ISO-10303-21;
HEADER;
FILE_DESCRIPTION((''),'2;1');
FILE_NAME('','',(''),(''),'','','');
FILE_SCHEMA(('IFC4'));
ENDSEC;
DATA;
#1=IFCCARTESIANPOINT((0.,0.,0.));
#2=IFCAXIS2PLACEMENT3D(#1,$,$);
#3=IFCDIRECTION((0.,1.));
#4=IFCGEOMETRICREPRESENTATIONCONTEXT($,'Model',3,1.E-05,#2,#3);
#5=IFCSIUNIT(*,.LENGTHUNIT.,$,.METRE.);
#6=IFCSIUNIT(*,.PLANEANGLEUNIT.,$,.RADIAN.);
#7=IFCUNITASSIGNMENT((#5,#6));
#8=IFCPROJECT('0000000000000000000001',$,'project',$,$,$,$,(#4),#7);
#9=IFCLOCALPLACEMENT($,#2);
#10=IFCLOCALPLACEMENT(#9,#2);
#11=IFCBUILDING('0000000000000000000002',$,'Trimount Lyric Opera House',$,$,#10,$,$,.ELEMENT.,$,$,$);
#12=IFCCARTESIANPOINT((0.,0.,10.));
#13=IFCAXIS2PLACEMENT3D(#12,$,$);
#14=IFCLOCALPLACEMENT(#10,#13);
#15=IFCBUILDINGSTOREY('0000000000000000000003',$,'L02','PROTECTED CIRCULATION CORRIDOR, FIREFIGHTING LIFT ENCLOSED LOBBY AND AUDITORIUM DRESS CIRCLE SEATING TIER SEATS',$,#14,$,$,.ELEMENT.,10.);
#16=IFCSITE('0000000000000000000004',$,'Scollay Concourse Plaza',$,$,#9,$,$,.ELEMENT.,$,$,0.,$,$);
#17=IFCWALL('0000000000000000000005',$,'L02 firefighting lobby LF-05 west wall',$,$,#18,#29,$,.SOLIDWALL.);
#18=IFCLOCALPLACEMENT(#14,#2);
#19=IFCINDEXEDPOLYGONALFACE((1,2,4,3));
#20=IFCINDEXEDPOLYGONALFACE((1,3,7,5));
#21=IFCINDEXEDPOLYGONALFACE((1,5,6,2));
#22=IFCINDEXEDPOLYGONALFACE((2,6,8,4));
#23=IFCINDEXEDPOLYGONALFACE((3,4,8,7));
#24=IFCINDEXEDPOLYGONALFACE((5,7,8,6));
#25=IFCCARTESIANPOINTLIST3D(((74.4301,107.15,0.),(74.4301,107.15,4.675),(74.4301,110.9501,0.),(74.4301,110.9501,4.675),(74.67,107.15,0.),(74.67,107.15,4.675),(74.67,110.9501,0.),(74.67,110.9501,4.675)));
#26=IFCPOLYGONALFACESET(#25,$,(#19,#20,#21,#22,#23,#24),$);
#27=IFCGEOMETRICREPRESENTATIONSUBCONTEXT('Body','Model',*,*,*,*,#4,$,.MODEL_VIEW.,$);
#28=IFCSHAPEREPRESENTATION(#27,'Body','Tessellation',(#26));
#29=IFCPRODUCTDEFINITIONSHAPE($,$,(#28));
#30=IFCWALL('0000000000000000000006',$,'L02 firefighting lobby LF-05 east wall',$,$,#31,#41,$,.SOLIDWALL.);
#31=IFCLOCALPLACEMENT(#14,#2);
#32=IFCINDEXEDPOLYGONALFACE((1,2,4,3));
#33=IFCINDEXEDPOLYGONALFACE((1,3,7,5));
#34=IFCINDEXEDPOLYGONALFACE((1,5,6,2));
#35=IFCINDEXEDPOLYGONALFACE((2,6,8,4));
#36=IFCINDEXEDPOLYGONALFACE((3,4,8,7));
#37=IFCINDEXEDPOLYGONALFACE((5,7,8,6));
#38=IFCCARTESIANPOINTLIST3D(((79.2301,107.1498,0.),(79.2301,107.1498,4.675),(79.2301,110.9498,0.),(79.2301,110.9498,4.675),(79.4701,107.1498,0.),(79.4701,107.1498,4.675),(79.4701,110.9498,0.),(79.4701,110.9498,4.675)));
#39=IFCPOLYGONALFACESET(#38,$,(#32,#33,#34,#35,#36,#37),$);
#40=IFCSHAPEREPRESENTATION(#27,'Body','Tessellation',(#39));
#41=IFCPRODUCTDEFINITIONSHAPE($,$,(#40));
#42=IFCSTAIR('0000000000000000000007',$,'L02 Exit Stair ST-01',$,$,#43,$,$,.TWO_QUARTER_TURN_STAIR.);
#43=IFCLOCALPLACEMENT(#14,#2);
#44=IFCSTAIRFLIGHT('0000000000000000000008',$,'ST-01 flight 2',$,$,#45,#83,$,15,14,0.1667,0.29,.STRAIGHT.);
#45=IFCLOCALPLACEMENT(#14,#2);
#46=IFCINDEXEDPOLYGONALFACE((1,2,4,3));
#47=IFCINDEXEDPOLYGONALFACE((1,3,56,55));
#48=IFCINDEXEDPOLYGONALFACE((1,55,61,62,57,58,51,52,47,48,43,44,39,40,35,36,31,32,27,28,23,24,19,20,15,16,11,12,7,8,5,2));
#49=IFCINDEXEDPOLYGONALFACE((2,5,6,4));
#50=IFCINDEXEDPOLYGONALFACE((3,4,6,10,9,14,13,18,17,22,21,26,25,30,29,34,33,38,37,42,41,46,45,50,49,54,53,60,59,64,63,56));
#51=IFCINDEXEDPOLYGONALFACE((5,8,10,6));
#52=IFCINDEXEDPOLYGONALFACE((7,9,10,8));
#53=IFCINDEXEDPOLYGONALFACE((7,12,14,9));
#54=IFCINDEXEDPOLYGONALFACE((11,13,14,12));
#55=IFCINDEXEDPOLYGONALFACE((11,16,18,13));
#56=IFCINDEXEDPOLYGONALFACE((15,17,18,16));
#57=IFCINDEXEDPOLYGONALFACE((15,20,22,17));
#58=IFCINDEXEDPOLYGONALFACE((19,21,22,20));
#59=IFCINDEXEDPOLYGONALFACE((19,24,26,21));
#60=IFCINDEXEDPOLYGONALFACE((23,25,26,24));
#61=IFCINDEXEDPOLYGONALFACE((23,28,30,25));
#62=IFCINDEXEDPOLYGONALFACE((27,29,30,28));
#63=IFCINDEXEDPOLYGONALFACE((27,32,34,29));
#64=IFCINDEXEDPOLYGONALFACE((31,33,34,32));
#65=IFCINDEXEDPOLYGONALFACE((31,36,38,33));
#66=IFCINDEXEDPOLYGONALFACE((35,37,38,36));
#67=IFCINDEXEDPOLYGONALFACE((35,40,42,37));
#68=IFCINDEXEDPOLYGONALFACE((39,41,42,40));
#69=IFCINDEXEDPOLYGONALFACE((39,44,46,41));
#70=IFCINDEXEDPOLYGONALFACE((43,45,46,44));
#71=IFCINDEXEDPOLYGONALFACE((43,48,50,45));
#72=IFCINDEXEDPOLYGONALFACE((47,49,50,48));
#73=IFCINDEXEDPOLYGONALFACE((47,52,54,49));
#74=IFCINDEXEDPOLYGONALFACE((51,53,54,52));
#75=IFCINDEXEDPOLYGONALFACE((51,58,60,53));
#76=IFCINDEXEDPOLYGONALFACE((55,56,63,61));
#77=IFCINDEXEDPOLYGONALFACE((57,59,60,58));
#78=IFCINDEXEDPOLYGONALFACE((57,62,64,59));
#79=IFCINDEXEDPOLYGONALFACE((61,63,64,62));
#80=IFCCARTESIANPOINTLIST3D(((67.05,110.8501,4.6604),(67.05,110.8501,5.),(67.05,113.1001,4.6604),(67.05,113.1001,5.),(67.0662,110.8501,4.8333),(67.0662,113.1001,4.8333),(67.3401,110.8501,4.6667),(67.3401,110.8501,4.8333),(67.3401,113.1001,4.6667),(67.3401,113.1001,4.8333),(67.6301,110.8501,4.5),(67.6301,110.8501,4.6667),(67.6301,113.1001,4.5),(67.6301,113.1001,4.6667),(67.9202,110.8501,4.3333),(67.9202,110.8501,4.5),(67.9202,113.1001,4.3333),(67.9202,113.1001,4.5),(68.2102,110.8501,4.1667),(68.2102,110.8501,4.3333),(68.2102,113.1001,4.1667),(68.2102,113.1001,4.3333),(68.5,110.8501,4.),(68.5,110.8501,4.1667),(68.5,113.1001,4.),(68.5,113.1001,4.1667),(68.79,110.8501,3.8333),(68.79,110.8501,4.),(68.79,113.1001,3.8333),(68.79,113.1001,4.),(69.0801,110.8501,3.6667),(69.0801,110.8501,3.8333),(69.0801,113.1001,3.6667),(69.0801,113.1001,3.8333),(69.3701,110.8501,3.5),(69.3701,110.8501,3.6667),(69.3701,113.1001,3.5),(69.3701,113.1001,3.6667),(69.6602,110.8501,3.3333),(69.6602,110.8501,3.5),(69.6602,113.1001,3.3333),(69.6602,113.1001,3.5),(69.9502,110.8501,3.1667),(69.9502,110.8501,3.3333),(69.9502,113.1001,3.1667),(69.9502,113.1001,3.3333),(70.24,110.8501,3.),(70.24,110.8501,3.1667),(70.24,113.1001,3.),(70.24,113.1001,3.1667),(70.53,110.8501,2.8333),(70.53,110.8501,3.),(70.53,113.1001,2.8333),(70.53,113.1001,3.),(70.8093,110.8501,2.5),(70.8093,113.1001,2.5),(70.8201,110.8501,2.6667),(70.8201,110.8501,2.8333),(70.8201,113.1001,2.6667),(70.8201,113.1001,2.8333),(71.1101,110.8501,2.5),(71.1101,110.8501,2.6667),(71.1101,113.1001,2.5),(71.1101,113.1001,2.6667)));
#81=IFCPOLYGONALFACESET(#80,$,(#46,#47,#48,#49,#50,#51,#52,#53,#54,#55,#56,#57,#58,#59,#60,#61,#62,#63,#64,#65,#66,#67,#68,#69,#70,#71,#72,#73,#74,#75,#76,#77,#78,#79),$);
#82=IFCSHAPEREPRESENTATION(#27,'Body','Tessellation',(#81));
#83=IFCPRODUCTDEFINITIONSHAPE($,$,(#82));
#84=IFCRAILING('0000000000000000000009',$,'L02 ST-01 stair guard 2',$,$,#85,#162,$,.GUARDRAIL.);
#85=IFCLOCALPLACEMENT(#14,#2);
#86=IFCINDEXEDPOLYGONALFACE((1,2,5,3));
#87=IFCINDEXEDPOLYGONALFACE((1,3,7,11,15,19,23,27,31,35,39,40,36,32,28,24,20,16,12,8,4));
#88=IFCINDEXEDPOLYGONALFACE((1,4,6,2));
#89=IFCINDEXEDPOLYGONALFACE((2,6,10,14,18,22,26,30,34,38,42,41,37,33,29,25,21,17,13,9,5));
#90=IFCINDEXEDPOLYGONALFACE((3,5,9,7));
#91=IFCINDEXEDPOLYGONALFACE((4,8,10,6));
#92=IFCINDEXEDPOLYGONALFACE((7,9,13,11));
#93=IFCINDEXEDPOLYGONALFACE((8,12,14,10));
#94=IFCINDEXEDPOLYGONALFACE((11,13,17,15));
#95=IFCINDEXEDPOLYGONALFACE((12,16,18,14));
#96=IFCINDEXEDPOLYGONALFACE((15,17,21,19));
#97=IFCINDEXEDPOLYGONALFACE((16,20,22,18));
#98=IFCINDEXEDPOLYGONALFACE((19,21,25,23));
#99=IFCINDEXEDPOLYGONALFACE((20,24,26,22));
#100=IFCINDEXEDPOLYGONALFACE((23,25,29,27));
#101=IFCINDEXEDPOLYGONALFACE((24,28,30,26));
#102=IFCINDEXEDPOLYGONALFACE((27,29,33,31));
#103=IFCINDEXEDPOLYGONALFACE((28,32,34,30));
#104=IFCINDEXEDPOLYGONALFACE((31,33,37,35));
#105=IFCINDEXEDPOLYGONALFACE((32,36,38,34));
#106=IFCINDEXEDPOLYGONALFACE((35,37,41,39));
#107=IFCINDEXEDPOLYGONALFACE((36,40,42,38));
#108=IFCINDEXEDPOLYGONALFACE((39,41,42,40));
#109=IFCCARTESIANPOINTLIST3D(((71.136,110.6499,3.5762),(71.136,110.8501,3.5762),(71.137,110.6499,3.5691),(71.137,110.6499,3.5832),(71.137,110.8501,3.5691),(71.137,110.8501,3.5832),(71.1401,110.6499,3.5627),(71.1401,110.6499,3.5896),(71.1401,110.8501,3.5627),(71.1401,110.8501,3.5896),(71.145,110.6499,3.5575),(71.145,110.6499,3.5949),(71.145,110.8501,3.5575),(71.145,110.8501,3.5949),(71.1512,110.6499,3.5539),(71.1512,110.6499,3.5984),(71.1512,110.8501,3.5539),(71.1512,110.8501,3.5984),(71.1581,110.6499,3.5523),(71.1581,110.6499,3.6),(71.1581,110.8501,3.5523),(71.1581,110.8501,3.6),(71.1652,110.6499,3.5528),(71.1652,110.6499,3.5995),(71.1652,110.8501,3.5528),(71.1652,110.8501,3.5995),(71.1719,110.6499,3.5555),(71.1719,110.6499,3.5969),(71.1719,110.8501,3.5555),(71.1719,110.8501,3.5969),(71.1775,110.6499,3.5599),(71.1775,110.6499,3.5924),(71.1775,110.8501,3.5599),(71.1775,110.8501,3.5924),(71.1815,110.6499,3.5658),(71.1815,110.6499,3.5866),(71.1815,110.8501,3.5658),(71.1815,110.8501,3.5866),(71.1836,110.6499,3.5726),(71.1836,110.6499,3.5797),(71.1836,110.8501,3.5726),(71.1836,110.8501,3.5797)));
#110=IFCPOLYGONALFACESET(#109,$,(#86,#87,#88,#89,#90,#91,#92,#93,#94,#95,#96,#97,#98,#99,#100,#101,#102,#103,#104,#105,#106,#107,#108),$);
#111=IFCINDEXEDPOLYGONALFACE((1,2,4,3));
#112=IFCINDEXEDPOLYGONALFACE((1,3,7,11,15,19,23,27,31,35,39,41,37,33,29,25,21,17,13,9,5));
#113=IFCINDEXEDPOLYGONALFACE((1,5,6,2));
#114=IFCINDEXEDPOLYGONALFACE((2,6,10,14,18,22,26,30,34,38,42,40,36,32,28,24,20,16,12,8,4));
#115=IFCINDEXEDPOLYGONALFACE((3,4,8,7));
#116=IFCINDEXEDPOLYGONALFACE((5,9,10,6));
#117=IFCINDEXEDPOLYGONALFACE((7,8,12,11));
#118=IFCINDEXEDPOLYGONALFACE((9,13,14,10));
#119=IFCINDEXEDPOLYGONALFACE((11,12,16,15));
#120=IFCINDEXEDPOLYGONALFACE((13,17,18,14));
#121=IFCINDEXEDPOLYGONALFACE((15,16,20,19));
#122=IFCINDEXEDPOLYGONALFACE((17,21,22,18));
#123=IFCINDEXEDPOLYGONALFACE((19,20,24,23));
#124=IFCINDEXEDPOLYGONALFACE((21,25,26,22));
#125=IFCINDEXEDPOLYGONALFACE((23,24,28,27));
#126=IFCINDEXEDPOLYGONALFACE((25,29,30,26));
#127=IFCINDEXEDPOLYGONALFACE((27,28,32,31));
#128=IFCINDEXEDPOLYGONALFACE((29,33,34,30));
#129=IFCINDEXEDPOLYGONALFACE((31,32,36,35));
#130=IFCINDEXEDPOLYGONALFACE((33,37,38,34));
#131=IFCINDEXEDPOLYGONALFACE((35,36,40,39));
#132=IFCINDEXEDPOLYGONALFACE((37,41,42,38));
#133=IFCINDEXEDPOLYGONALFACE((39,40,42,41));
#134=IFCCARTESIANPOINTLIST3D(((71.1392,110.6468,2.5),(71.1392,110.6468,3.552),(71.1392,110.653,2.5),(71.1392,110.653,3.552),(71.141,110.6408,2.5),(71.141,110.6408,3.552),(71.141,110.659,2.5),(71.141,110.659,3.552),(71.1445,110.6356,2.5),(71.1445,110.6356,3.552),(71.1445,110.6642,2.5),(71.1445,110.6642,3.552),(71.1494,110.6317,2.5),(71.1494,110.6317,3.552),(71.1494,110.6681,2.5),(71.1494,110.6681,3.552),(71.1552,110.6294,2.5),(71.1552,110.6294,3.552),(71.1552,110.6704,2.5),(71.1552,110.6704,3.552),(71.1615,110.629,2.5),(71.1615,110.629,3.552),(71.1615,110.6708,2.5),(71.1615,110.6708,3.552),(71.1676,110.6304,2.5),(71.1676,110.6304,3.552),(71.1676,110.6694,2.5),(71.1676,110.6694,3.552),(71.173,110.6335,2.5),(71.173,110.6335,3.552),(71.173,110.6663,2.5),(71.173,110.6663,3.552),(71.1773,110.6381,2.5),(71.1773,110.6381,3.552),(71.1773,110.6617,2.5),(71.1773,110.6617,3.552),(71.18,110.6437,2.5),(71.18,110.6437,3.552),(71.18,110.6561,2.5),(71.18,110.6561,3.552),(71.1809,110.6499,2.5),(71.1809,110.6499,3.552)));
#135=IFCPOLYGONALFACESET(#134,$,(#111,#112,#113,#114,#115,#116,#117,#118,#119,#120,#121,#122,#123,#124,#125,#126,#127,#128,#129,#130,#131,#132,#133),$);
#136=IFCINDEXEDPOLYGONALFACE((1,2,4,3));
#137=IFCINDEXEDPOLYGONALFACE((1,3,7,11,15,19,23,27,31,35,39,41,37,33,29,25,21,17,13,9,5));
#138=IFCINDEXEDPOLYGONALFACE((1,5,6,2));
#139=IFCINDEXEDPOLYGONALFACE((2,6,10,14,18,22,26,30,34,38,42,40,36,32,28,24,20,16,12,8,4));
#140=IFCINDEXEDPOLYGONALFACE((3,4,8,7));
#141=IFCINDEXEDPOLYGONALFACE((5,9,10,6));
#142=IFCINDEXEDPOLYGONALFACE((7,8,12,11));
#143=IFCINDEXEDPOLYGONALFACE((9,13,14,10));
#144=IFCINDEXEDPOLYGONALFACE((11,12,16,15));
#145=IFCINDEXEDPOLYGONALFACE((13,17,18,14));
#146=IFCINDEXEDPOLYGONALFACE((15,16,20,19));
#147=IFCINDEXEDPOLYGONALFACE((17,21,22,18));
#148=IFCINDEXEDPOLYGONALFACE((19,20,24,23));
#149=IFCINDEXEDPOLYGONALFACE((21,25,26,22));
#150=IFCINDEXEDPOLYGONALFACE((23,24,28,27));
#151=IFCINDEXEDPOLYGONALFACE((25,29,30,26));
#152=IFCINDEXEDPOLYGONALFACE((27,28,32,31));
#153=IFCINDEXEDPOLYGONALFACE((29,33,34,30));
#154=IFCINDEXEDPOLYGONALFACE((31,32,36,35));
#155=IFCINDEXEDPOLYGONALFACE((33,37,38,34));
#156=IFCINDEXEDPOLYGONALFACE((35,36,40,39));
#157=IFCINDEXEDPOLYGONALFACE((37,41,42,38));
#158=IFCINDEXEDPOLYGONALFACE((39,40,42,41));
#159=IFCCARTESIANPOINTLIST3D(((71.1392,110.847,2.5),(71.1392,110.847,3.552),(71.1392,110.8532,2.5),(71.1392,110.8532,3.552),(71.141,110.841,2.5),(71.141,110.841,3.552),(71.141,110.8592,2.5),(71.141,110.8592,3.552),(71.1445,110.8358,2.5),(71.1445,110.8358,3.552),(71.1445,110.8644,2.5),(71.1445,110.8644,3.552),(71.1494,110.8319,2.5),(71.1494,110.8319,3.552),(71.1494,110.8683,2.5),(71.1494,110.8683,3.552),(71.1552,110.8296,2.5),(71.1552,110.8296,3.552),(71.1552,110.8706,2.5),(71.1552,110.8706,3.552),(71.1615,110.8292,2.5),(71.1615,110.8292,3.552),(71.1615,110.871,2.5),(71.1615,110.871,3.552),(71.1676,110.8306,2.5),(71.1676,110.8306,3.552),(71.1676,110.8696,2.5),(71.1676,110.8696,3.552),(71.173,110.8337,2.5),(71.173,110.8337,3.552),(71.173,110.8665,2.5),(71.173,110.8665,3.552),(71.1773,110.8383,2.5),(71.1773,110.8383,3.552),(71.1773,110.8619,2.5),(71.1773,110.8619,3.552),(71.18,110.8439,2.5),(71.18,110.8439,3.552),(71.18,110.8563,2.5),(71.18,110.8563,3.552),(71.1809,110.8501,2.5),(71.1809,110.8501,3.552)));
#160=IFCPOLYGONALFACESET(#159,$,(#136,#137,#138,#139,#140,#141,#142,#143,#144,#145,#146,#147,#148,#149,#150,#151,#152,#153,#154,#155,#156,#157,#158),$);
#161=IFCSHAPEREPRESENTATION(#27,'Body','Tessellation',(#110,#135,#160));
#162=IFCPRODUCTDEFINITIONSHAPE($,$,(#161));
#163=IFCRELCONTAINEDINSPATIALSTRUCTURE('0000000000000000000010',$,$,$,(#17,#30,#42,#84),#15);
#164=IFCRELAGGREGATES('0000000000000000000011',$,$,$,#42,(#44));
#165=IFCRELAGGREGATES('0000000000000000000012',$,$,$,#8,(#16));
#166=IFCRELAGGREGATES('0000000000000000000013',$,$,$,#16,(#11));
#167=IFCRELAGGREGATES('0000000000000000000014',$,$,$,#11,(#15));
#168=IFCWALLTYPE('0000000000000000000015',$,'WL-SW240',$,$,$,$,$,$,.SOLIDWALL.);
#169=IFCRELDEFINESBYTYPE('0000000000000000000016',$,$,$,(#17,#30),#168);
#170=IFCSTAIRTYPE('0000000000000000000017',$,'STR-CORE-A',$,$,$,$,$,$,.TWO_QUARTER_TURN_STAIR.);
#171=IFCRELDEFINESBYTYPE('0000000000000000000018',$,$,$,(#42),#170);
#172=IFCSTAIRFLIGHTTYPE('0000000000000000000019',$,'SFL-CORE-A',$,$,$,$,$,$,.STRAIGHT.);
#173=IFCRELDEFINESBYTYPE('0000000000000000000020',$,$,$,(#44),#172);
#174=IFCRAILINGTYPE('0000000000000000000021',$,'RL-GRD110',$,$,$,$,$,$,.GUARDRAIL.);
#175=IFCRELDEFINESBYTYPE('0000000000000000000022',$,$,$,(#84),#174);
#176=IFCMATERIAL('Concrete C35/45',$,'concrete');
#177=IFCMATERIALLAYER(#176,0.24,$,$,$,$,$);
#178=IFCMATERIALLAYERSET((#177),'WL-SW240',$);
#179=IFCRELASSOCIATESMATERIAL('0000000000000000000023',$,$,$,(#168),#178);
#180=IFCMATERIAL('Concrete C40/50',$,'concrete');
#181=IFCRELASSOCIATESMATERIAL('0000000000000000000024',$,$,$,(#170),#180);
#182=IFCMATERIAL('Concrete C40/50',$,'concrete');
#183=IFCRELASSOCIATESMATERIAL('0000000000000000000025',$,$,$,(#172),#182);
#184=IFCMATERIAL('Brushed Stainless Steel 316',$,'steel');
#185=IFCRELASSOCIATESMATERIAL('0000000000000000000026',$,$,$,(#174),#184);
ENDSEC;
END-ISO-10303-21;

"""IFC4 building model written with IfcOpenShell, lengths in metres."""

from ifc_helpers import new_model, si_unit, direction, frame, frame_2d, origin, origin_2d, place, context, subcontext, project, spatial, polyline, rectangle, circle, outline, extrude, material, layer, layer_set, type_object, element, aggregate, save


model = new_model("IFC4")

# Units and contexts
model_context = context("Model", 3, precision=1e-05, world=origin(), true_north=direction((0.0, 1.0)))
body_context = subcontext(model_context, "Body", "Model", "MODEL_VIEW")
ifc_project = project(units=[si_unit("LENGTHUNIT", "METRE"), si_unit("PLANEANGLEUNIT", "RADIAN")], contexts=[model_context])

# Site, building, storey
site_placement = place(None, origin())
site = spatial("IfcSite", under=ifc_project, at=site_placement, Name="Scollay Concourse Plaza", CompositionType="ELEMENT", RefElevation=0.0)
building_placement = place(site_placement, origin())
building = spatial("IfcBuilding", under=site, at=building_placement, Name="Trimount Lyric Opera House", CompositionType="ELEMENT")
storey_placement = place(building_placement, frame((0.0, 0.0, 10.0)))
storey = spatial("IfcBuildingStorey", under=building, at=storey_placement, Name="L02", Description="PROTECTED CIRCULATION CORRIDOR, FIREFIGHTING LIFT ENCLOSED LOBBY AND AUDITORIUM DRESS CIRCLE SEATING TIER SEATS", CompositionType="ELEMENT", Elevation=10.0)

# Shared definitions
ifc_material_1 = material(Name="Concrete C35/45", Category="concrete")
ifc_layer_1 = layer(ifc_material_1, 0.24)
ifc_layer_set_1 = layer_set([ifc_layer_1], Name="WL-SW240")
wall_type_1 = type_object("IfcWallType", Name="WL-SW240", PredefinedType="SOLIDWALL", material=ifc_layer_set_1)

# Walls
for number, where, z_axis, x_axis, name in (
    (1, (74.55, 110.95, 0.0), (0.0, 0.0, 1.0), (0.0, -1.0, 0.0), "L02 firefighting lobby LF-05 west wall"),
    (2, (79.3501, 107.1499, 0.0), (0.0, 0.0, 1.0), (0.0, 1.0, 0.0), "L02 firefighting lobby LF-05 east wall"),
):
    element("IfcWall", number, at=place(storey_placement, frame(where, z_axis=z_axis, x_axis=x_axis)), inside=storey, type_object=wall_type_1, Name=name, PredefinedType="SOLIDWALL", context=body_context, shape_type="SweptSolid", body=[
        extrude(rectangle(XDim=3.8, YDim=0.24, at=frame_2d((1.8999, 0.0))), origin(), (0.0, 0.0, 1.0), 4.675),
    ])

# Stair, stair flight
ifc_material_2 = material(Name="Concrete C40/50", Category="concrete")
stair_type = type_object("IfcStairType", Name="STR-CORE-A", PredefinedType="TWO_QUARTER_TURN_STAIR", material=ifc_material_2)
stair_placement = place(storey_placement, origin())
stair = element("IfcStair", 3, at=stair_placement, inside=storey, type_object=stair_type, Name="L02 Exit Stair ST-01", PredefinedType="TWO_QUARTER_TURN_STAIR")
ifc_material_3 = material(Name="Concrete C40/50", Category="concrete")
stair_flight_type = type_object("IfcStairFlightType", Name="SFL-CORE-A", PredefinedType="STRAIGHT", material=ifc_material_3)
stair_flight_placement = place(storey_placement, frame((71.1101, 111.9751, 2.5), z_axis=(0.0, 0.0, 1.0), x_axis=(-1.0, 0.0, 0.0)))
stair_flight = element("IfcStairFlight", 4, at=stair_flight_placement, type_object=stair_flight_type, Name="ST-01 flight 2", NumberOfRisers=15, NumberOfTreads=14, PredefinedType="STRAIGHT", RiserHeight=0.1667, TreadLength=0.29, context=body_context, shape_type="SweptSolid", body=[
    extrude(outline(polyline([(0.0, 0.0), (0.0, 0.1667), (0.29, 0.1667), (0.29, 0.3333), (0.5801, 0.3333), (0.5801, 0.5), (0.8701, 0.5), (0.8701, 0.6667), (1.1599, 0.6667), (1.1599, 0.8333), (1.45, 0.8333), (1.45, 1.0), (1.74, 1.0), (1.74, 1.1667), (2.03, 1.1667), (2.03, 1.3333), (2.3201, 1.3333), (2.3201, 1.5), (2.6101, 1.5), (2.6101, 1.6667), (2.8999, 1.6667), (2.8999, 1.8333), (3.1899, 1.8333), (3.1899, 2.0), (3.48, 2.0), (3.48, 2.1667), (3.77, 2.1667), (3.77, 2.3333), (4.0439, 2.3333), (4.0601, 2.5), (4.0601, 2.1604), (0.3008, 0.0), (0.0, 0.0)])), frame((0.0, 1.125, 0.0), z_axis=(0.0, -1.0, 0.0), x_axis=(1.0, 0.0, 0.0)), (0.0, 0.0, 1.0), 2.25),
])
aggregate(stair, [stair_flight])

# Railing
ifc_material_4 = material(Name="Brushed Stainless Steel 316", Category="steel")
railing_type_1 = type_object("IfcRailingType", Name="RL-GRD110", PredefinedType="GUARDRAIL", material=ifc_material_4)
railing_1_placement = place(storey_placement, frame((71.1599, 110.6499, 2.5)))
element("IfcRailing", 5, at=railing_1_placement, inside=storey, type_object=railing_type_1, Name="L02 ST-01 stair guard 2", PredefinedType="GUARDRAIL", context=body_context, shape_type="SweptSolid", body=[
    extrude(circle(Radius=0.0239, at=origin_2d()), frame((0.0, 0.0, 1.0762), z_axis=(0.0, 1.0, 0.0), x_axis=(-1.0, 0.0, 0.0)), (0.0, 0.0, 1.0), 0.2002),
    extrude(circle(Radius=0.021, at=origin_2d()), origin(), (0.0, 0.0, 1.0), 1.052),
    extrude(circle(Radius=0.021, at=origin_2d()), frame((0.0, 0.2002, 0.0)), (0.0, 0.0, 1.0), 1.052),
])

save(model, "model.ifc")
